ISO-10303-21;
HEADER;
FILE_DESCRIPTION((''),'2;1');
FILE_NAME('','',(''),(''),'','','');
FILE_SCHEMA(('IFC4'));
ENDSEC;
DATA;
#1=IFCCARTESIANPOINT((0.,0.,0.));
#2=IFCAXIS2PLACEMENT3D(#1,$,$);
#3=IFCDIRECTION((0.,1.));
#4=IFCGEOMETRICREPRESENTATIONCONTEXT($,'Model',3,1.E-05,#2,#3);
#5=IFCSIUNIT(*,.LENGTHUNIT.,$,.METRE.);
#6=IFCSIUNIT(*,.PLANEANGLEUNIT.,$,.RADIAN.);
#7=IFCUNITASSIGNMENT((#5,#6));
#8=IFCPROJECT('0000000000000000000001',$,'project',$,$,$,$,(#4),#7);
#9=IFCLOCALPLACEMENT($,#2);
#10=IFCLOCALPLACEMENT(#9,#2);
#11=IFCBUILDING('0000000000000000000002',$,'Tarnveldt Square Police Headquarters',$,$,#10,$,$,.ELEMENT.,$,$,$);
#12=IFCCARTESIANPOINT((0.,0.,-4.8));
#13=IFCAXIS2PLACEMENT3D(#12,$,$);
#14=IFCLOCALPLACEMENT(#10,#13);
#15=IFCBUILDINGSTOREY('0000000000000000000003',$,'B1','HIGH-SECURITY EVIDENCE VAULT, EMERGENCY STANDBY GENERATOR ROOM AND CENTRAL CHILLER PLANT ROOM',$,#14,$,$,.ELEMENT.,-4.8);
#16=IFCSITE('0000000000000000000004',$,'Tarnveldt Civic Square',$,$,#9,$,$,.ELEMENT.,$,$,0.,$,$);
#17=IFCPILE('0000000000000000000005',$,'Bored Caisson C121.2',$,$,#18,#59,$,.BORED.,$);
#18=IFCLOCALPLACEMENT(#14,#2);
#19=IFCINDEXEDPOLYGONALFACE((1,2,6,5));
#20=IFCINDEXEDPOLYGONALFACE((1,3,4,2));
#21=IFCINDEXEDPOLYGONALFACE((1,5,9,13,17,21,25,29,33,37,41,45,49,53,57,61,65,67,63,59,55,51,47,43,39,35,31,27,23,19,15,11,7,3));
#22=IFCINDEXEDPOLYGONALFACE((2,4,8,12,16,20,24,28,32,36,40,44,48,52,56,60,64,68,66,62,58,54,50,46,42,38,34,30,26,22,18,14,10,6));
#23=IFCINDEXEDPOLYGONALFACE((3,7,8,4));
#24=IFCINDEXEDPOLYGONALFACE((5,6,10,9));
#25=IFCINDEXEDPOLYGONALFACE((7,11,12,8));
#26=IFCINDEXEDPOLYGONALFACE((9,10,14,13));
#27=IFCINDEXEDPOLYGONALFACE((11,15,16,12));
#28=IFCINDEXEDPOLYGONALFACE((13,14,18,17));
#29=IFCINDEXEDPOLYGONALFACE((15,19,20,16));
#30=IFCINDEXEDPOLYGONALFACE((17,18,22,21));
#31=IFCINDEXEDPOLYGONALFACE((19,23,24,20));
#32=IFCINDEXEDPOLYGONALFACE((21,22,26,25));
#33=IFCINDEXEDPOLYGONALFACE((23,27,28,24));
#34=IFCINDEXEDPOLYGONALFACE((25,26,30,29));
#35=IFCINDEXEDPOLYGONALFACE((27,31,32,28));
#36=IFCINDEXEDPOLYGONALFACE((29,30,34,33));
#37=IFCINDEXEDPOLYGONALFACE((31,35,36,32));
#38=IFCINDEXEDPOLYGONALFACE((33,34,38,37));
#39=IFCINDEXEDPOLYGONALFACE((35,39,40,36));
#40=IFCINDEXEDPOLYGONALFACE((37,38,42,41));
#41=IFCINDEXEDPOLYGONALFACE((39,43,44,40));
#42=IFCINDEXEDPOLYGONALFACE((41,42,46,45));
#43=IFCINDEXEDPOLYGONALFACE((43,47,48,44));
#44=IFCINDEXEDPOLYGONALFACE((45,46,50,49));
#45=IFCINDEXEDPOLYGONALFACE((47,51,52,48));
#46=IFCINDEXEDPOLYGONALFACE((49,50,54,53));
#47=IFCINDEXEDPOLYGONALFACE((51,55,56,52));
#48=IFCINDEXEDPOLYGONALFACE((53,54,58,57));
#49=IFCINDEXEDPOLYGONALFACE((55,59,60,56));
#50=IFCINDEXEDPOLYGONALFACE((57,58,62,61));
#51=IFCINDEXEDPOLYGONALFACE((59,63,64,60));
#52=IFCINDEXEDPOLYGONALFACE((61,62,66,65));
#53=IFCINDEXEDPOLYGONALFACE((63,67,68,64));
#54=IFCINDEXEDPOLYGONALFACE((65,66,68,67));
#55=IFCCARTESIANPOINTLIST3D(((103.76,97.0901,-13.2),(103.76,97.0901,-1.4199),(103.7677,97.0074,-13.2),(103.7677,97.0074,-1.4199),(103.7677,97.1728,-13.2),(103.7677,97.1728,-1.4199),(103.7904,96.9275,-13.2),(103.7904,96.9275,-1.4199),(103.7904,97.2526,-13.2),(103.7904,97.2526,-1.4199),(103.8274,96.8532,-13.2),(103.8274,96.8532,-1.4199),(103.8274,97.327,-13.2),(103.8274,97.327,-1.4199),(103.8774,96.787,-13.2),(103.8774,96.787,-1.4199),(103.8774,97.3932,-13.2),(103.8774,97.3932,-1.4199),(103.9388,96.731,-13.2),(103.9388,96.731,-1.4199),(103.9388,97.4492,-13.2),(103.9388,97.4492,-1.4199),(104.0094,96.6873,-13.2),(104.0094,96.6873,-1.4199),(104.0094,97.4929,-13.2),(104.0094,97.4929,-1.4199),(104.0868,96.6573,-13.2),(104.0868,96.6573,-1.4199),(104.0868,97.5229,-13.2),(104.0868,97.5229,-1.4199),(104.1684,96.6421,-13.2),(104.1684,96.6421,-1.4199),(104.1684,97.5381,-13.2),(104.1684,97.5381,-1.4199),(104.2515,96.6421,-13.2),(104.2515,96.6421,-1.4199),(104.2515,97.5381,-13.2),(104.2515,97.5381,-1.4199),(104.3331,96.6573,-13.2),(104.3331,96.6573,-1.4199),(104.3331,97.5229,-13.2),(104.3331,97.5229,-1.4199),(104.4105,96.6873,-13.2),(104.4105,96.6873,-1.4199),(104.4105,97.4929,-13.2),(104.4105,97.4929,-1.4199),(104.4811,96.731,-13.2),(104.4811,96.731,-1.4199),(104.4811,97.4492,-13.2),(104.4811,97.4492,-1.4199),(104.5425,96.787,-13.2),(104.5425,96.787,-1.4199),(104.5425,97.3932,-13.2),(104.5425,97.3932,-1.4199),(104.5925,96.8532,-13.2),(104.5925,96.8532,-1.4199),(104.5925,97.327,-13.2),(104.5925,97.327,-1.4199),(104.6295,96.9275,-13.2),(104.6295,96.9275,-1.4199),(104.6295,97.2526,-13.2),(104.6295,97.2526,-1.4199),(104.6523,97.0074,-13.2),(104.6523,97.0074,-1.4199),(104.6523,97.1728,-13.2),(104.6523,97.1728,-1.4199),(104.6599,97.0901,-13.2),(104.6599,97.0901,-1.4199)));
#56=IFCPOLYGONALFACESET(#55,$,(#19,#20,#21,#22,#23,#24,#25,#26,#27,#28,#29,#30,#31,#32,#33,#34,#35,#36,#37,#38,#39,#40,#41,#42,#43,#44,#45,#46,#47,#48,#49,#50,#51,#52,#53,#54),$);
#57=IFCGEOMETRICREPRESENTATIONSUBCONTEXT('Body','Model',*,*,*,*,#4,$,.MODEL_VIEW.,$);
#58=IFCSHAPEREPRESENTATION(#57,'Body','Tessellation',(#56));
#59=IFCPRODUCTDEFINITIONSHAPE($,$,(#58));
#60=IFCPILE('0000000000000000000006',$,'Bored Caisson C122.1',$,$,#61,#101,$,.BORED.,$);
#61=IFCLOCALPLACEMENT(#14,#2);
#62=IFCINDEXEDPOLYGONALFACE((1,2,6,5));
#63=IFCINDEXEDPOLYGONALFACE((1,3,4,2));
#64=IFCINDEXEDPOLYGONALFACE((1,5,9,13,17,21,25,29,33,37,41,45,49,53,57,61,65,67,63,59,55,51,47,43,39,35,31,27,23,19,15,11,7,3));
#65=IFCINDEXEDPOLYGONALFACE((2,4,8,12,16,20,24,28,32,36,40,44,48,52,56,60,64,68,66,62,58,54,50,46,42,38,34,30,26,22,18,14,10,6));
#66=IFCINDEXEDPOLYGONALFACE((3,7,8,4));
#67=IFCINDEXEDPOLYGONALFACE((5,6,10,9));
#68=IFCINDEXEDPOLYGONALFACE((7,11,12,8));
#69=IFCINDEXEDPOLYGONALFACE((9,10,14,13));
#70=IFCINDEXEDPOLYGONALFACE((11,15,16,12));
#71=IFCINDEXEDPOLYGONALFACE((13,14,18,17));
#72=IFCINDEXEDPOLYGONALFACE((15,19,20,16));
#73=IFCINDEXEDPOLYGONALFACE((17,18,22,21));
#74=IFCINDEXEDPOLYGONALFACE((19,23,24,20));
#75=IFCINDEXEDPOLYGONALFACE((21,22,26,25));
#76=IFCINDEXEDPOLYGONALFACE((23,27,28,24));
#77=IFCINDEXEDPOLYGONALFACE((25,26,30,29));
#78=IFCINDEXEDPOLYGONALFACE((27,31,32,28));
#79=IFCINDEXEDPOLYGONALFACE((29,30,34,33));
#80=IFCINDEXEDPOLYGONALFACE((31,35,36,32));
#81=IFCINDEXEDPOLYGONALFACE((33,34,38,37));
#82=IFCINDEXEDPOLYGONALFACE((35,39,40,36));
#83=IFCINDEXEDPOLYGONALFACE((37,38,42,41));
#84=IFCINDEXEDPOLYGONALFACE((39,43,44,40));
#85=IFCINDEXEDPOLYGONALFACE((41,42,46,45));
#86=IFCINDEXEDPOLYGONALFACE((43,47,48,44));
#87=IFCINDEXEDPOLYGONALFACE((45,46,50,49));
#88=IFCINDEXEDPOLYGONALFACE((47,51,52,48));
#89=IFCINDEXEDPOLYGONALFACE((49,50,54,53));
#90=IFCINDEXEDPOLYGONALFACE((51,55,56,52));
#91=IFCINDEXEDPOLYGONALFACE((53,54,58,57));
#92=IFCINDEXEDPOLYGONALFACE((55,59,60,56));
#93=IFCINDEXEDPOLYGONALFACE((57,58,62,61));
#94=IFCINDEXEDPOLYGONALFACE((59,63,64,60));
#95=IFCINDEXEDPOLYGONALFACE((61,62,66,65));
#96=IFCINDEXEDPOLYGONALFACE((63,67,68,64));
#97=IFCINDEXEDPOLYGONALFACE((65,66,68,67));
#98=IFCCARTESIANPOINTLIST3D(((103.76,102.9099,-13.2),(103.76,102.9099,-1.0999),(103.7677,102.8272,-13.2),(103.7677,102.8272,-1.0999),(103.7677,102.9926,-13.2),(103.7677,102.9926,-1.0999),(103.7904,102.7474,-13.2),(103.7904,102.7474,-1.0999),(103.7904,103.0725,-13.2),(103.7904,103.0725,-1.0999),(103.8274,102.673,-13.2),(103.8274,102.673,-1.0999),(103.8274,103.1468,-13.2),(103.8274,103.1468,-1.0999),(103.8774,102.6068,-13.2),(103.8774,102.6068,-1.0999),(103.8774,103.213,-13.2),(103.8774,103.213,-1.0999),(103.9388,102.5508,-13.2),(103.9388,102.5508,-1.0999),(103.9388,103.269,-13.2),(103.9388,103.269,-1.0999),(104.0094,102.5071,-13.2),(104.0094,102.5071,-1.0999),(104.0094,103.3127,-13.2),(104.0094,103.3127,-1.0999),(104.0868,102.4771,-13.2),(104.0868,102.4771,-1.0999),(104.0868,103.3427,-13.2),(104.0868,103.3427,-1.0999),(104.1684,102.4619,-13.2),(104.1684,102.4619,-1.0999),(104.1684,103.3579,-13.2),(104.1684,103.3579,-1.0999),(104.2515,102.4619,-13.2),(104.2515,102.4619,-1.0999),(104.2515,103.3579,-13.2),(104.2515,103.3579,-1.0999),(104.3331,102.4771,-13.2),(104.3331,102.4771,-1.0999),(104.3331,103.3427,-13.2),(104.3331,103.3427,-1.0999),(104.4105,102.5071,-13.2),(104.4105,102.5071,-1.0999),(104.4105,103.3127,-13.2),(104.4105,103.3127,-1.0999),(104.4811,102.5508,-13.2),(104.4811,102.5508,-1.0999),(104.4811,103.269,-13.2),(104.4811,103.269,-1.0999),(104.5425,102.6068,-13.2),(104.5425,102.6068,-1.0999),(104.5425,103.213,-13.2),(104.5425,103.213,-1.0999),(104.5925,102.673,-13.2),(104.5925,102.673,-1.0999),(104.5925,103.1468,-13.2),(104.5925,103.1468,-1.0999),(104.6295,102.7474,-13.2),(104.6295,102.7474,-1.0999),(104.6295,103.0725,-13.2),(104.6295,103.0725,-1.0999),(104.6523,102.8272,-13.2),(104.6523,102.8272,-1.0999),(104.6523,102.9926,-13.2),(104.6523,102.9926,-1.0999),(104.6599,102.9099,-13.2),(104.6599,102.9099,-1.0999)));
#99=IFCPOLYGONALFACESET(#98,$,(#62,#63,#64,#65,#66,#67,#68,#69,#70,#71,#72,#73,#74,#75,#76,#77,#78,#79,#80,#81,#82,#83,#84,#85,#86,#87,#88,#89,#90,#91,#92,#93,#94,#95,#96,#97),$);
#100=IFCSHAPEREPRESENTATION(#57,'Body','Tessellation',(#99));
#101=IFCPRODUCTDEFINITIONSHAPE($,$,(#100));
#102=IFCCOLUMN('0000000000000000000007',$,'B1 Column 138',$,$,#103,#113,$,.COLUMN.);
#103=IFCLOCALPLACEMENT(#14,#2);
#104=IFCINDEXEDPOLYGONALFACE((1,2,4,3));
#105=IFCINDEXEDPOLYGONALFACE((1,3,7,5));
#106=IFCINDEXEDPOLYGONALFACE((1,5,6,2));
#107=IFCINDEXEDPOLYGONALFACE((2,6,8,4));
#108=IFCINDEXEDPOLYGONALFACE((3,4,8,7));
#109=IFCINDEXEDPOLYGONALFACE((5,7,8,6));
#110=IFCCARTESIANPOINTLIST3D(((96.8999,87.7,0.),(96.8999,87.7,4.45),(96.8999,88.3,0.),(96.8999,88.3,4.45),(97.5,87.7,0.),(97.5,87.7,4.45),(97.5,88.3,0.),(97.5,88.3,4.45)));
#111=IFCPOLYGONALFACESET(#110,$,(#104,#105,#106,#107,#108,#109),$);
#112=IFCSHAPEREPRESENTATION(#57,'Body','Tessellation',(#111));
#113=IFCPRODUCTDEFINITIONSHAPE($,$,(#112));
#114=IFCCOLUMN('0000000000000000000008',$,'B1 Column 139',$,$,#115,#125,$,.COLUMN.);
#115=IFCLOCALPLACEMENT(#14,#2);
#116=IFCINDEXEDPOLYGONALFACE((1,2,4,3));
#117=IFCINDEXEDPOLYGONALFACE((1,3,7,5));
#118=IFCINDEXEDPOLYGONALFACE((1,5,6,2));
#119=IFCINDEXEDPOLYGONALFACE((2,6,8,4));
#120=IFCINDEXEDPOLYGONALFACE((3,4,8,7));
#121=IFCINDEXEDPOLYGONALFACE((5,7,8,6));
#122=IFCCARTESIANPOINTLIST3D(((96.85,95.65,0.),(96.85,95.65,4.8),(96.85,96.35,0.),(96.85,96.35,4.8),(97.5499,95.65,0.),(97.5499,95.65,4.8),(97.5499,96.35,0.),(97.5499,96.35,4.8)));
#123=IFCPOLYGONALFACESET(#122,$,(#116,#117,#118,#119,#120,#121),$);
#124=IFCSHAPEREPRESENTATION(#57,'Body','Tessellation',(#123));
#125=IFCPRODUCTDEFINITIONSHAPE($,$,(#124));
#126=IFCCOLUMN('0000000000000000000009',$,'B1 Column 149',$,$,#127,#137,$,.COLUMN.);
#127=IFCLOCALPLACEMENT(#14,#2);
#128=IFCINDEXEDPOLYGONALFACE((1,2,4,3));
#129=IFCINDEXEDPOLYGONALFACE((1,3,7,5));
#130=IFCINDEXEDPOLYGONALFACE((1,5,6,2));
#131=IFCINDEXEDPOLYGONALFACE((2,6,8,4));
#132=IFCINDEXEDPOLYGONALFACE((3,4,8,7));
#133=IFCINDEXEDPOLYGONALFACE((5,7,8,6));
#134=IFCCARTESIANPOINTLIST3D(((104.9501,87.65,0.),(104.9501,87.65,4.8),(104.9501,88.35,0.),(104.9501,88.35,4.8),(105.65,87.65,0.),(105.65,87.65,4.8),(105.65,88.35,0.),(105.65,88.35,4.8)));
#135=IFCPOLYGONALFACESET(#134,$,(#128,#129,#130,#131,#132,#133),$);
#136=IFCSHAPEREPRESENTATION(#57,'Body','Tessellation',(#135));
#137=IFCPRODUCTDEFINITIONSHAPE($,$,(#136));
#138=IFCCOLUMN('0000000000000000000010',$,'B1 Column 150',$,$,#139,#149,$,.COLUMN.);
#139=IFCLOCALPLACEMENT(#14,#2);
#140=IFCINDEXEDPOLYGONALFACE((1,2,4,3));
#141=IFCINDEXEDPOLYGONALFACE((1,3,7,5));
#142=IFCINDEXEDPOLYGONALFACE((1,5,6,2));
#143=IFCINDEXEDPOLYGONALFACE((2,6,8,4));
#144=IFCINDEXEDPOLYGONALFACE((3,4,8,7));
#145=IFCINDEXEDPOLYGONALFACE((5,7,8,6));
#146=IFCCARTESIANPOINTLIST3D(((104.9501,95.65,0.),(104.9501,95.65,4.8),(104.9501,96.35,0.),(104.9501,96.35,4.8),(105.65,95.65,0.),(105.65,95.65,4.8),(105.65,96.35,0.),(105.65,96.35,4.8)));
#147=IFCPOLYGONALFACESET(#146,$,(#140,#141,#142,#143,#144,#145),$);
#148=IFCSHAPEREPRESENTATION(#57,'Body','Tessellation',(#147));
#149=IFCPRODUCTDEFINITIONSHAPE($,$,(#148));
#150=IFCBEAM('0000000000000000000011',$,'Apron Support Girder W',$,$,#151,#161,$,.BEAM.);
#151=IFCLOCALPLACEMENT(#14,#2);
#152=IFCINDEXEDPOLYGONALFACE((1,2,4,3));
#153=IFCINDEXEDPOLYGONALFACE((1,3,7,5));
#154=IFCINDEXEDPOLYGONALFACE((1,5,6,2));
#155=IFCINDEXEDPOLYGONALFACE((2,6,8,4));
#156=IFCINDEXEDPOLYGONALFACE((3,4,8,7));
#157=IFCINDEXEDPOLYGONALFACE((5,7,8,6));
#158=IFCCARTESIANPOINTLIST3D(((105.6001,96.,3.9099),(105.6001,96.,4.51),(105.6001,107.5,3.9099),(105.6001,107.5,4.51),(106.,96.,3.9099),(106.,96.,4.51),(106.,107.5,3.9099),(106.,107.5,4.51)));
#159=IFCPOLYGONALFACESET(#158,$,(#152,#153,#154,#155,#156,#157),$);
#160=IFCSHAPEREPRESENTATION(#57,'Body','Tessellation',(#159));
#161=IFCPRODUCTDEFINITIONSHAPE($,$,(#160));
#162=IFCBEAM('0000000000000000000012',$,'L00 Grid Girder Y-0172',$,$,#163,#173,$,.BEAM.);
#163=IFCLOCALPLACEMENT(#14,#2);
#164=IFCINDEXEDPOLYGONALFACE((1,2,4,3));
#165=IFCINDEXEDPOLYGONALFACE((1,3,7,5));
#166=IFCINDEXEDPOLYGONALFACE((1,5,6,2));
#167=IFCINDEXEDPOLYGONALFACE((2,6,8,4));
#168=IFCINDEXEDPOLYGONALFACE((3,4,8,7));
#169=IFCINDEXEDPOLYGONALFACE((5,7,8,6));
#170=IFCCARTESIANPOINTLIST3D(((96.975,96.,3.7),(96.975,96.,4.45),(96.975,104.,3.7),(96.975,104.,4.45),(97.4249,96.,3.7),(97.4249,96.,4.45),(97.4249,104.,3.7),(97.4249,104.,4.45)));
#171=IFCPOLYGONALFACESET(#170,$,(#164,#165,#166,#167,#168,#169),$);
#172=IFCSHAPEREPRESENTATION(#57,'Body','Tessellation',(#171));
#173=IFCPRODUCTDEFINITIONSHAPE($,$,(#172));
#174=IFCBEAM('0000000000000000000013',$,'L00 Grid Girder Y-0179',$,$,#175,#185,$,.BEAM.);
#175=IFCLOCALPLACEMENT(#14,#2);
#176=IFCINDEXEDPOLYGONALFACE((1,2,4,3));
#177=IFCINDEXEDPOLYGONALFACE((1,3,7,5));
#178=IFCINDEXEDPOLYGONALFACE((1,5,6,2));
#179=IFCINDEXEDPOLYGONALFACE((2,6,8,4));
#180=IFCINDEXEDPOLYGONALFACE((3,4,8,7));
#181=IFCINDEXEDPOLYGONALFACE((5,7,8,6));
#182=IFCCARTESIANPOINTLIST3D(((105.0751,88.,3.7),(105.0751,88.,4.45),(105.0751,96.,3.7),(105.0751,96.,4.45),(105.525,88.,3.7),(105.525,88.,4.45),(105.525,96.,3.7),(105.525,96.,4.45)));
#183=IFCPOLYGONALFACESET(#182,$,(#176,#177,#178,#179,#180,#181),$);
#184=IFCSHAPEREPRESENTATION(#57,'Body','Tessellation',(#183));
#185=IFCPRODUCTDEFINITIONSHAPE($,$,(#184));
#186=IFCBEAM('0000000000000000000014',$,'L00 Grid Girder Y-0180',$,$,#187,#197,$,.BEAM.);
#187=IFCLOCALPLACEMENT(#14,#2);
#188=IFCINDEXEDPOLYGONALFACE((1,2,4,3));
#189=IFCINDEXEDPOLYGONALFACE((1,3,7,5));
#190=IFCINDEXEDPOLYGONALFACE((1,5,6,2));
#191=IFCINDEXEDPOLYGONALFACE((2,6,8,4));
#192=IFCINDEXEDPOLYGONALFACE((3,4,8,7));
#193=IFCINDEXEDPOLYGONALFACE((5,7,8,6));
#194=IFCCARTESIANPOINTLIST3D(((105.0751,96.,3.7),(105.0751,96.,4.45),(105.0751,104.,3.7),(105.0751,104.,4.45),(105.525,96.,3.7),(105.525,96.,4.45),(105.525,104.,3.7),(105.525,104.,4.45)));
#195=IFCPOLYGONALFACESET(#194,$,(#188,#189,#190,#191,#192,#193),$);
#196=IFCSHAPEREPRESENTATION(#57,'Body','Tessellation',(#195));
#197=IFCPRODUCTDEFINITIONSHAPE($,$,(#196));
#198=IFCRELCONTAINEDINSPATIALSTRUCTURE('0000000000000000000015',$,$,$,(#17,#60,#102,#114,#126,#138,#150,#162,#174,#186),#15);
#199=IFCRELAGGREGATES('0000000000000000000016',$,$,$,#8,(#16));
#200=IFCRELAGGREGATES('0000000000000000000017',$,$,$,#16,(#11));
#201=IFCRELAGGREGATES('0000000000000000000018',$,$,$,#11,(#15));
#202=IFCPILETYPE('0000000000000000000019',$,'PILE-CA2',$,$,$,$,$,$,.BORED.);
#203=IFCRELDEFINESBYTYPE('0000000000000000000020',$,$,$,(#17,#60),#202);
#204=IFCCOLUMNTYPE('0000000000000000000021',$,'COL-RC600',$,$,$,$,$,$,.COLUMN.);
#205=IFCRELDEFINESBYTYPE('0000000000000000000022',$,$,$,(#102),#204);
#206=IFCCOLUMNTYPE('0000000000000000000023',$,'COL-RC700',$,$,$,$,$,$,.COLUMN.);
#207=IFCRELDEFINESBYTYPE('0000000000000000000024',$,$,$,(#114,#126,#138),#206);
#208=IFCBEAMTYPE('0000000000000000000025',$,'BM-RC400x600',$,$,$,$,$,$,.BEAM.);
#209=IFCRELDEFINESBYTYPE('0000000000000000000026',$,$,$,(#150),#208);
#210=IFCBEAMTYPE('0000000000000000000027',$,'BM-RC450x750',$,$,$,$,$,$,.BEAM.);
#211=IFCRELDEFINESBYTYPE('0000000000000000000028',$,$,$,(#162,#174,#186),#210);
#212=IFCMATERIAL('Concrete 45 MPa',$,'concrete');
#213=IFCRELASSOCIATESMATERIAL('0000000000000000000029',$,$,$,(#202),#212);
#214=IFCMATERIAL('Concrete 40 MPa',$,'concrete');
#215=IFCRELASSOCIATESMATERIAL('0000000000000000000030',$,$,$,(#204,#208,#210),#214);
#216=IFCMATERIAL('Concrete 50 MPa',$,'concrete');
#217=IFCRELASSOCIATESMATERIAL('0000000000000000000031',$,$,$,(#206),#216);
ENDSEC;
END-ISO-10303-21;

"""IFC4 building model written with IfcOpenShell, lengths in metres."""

from ifc_helpers import new_model, si_unit, direction, frame, origin, origin_2d, place, context, subcontext, project, spatial, rectangle, circle, extrude, material, material_profile, profile_set, type_object, element, save


model = new_model("IFC4")

# Units and contexts
model_context = context("Model", 3, precision=1e-05, world=origin(), true_north=direction((0.0, 1.0)))
body_context = subcontext(model_context, "Body", "Model", "MODEL_VIEW")
ifc_project = project(units=[si_unit("LENGTHUNIT", "METRE"), si_unit("PLANEANGLEUNIT", "RADIAN")], contexts=[model_context])

# Site, building, storey
site_placement = place(None, origin())
site = spatial("IfcSite", under=ifc_project, at=site_placement, Name="Tarnveldt Civic Square", CompositionType="ELEMENT", RefElevation=0.0)
building_placement = place(site_placement, origin())
building = spatial("IfcBuilding", under=site, at=building_placement, Name="Tarnveldt Square Police Headquarters", CompositionType="ELEMENT")
storey_placement = place(building_placement, frame((0.0, 0.0, -4.8)))
storey = spatial("IfcBuildingStorey", under=building, at=storey_placement, Name="B1", Description="HIGH-SECURITY EVIDENCE VAULT, EMERGENCY STANDBY GENERATOR ROOM AND CENTRAL CHILLER PLANT ROOM", CompositionType="ELEMENT", Elevation=-4.8)

# Shared definitions
ifc_material_1 = material(Name="Concrete 45 MPa", Category="concrete")

# Piles
ifc_material_profile_1 = material_profile(ifc_material_1, circle(Radius=0.45, at=origin_2d()), Name="CAISSON-D900")
ifc_profile_set_1 = profile_set([ifc_material_profile_1], Name="Concrete 45 MPa")
pile_type = type_object("IfcPileType", Name="PILE-CA2", PredefinedType="BORED", material=ifc_profile_set_1)
for number, where, z_axis, x_axis, name in (
    (1, (104.21, 97.0901, -1.4199), (0.0, 0.0, -1.0), (1.0, 0.0, 0.0), "Bored Caisson C121.2"),
):
    element("IfcPile", number, at=place(storey_placement, frame(where, z_axis=z_axis, x_axis=x_axis)), inside=storey, type_object=pile_type, Name=name, PredefinedType="BORED", context=body_context, shape_type="SweptSolid", body=[
        extrude(circle(Radius=0.45, at=origin_2d()), origin(), (0.0, 0.0, 1.0), 11.78),
    ])
pile_1_placement = place(storey_placement, frame((104.21, 102.9099, -1.0999), z_axis=(0.0, 0.0, -1.0), x_axis=(1.0, 0.0, 0.0)))
element("IfcPile", 2, at=pile_1_placement, inside=storey, type_object=pile_type, Name="Bored Caisson C122.1", PredefinedType="BORED", context=body_context, shape_type="SweptSolid", body=[
    extrude(circle(Radius=0.45, at=origin_2d()), origin(), (0.0, 0.0, 1.0), 12.1001),
])

# Columns
ifc_material_2 = material(Name="Concrete 40 MPa", Category="concrete")
ifc_material_profile_2 = material_profile(ifc_material_2, rectangle(XDim=0.6001, YDim=0.6001, at=origin_2d()), Name="RC-C600x600")
ifc_profile_set_2 = profile_set([ifc_material_profile_2], Name="Concrete 40 MPa")
column_type_1 = type_object("IfcColumnType", Name="COL-RC600", PredefinedType="COLUMN", material=ifc_profile_set_2)
column_placement = place(storey_placement, frame((97.2, 88.0, 0.0), z_axis=(0.0, 0.0, 1.0), x_axis=(1.0, 0.0, 0.0)))
element("IfcColumn", 3, at=column_placement, inside=storey, type_object=column_type_1, Name="B1 Column 138", PredefinedType="COLUMN", context=body_context, shape_type="SweptSolid", body=[
    extrude(rectangle(XDim=0.6001, YDim=0.6001, at=origin_2d()), origin(), (0.0, 0.0, 1.0), 4.45),
])
ifc_material_3 = material(Name="Concrete 50 MPa", Category="concrete")
ifc_material_profile_3 = material_profile(ifc_material_3, rectangle(XDim=0.7, YDim=0.7, at=origin_2d()), Name="RC-C700x700")
ifc_profile_set_3 = profile_set([ifc_material_profile_3], Name="Concrete 50 MPa")
column_type_2 = type_object("IfcColumnType", Name="COL-RC700", PredefinedType="COLUMN", material=ifc_profile_set_3)
for number, where, z_axis, x_axis, name in (
    (4, (97.2, 96.0, 0.0), (0.0, 0.0, 1.0), (1.0, 0.0, 0.0), "B1 Column 139"),
    (5, (105.3, 88.0, 0.0), (0.0, 0.0, 1.0), (1.0, 0.0, 0.0), "B1 Column 149"),
    (6, (105.3, 96.0, 0.0), (0.0, 0.0, 1.0), (1.0, 0.0, 0.0), "B1 Column 150"),
):
    element("IfcColumn", number, at=place(storey_placement, frame(where, z_axis=z_axis, x_axis=x_axis)), inside=storey, type_object=column_type_2, Name=name, PredefinedType="COLUMN", context=body_context, shape_type="SweptSolid", body=[
        extrude(rectangle(XDim=0.7, YDim=0.7, at=origin_2d()), origin(), (0.0, 0.0, 1.0), 4.8),
    ])

# Beams
ifc_material_profile_4 = material_profile(ifc_material_2, rectangle(XDim=0.3999, YDim=0.6001, at=origin_2d()), Name="RC-B400x600")
ifc_profile_set_4 = profile_set([ifc_material_profile_4], Name="Concrete 40 MPa")
beam_type_1 = type_object("IfcBeamType", Name="BM-RC400x600", PredefinedType="BEAM", material=ifc_profile_set_4)
beam_1_placement = place(storey_placement, frame((105.8, 96.0, 4.21), z_axis=(0.0, 1.0, 0.0), x_axis=(-1.0, 0.0, 0.0)))
element("IfcBeam", 7, at=beam_1_placement, inside=storey, type_object=beam_type_1, Name="Apron Support Girder W", PredefinedType="BEAM", context=body_context, shape_type="SweptSolid", body=[
    extrude(rectangle(XDim=0.3999, YDim=0.6001, at=origin_2d()), origin(), (0.0, 0.0, 1.0), 11.5),
])
ifc_material_profile_5 = material_profile(ifc_material_2, rectangle(XDim=0.45, YDim=0.75, at=origin_2d()), Name="RC-B450x750")
ifc_profile_set_5 = profile_set([ifc_material_profile_5], Name="Concrete 40 MPa")
beam_type_2 = type_object("IfcBeamType", Name="BM-RC450x750", PredefinedType="BEAM", material=ifc_profile_set_5)
for number, where, z_axis, x_axis, name in (
    (8, (97.2, 96.0, 4.075), (0.0, 1.0, 0.0), (-1.0, 0.0, 0.0), "L00 Grid Girder Y-0172"),
    (9, (105.3, 88.0, 4.075), (0.0, 1.0, 0.0), (-1.0, 0.0, 0.0), "L00 Grid Girder Y-0179"),
    (10, (105.3, 96.0, 4.075), (0.0, 1.0, 0.0), (-1.0, 0.0, 0.0), "L00 Grid Girder Y-0180"),
):
    element("IfcBeam", number, at=place(storey_placement, frame(where, z_axis=z_axis, x_axis=x_axis)), inside=storey, type_object=beam_type_2, Name=name, PredefinedType="BEAM", context=body_context, shape_type="SweptSolid", body=[
        extrude(rectangle(XDim=0.45, YDim=0.75, at=origin_2d()), origin(), (0.0, 0.0, 1.0), 8.0),
    ])

save(model, "model.ifc")
